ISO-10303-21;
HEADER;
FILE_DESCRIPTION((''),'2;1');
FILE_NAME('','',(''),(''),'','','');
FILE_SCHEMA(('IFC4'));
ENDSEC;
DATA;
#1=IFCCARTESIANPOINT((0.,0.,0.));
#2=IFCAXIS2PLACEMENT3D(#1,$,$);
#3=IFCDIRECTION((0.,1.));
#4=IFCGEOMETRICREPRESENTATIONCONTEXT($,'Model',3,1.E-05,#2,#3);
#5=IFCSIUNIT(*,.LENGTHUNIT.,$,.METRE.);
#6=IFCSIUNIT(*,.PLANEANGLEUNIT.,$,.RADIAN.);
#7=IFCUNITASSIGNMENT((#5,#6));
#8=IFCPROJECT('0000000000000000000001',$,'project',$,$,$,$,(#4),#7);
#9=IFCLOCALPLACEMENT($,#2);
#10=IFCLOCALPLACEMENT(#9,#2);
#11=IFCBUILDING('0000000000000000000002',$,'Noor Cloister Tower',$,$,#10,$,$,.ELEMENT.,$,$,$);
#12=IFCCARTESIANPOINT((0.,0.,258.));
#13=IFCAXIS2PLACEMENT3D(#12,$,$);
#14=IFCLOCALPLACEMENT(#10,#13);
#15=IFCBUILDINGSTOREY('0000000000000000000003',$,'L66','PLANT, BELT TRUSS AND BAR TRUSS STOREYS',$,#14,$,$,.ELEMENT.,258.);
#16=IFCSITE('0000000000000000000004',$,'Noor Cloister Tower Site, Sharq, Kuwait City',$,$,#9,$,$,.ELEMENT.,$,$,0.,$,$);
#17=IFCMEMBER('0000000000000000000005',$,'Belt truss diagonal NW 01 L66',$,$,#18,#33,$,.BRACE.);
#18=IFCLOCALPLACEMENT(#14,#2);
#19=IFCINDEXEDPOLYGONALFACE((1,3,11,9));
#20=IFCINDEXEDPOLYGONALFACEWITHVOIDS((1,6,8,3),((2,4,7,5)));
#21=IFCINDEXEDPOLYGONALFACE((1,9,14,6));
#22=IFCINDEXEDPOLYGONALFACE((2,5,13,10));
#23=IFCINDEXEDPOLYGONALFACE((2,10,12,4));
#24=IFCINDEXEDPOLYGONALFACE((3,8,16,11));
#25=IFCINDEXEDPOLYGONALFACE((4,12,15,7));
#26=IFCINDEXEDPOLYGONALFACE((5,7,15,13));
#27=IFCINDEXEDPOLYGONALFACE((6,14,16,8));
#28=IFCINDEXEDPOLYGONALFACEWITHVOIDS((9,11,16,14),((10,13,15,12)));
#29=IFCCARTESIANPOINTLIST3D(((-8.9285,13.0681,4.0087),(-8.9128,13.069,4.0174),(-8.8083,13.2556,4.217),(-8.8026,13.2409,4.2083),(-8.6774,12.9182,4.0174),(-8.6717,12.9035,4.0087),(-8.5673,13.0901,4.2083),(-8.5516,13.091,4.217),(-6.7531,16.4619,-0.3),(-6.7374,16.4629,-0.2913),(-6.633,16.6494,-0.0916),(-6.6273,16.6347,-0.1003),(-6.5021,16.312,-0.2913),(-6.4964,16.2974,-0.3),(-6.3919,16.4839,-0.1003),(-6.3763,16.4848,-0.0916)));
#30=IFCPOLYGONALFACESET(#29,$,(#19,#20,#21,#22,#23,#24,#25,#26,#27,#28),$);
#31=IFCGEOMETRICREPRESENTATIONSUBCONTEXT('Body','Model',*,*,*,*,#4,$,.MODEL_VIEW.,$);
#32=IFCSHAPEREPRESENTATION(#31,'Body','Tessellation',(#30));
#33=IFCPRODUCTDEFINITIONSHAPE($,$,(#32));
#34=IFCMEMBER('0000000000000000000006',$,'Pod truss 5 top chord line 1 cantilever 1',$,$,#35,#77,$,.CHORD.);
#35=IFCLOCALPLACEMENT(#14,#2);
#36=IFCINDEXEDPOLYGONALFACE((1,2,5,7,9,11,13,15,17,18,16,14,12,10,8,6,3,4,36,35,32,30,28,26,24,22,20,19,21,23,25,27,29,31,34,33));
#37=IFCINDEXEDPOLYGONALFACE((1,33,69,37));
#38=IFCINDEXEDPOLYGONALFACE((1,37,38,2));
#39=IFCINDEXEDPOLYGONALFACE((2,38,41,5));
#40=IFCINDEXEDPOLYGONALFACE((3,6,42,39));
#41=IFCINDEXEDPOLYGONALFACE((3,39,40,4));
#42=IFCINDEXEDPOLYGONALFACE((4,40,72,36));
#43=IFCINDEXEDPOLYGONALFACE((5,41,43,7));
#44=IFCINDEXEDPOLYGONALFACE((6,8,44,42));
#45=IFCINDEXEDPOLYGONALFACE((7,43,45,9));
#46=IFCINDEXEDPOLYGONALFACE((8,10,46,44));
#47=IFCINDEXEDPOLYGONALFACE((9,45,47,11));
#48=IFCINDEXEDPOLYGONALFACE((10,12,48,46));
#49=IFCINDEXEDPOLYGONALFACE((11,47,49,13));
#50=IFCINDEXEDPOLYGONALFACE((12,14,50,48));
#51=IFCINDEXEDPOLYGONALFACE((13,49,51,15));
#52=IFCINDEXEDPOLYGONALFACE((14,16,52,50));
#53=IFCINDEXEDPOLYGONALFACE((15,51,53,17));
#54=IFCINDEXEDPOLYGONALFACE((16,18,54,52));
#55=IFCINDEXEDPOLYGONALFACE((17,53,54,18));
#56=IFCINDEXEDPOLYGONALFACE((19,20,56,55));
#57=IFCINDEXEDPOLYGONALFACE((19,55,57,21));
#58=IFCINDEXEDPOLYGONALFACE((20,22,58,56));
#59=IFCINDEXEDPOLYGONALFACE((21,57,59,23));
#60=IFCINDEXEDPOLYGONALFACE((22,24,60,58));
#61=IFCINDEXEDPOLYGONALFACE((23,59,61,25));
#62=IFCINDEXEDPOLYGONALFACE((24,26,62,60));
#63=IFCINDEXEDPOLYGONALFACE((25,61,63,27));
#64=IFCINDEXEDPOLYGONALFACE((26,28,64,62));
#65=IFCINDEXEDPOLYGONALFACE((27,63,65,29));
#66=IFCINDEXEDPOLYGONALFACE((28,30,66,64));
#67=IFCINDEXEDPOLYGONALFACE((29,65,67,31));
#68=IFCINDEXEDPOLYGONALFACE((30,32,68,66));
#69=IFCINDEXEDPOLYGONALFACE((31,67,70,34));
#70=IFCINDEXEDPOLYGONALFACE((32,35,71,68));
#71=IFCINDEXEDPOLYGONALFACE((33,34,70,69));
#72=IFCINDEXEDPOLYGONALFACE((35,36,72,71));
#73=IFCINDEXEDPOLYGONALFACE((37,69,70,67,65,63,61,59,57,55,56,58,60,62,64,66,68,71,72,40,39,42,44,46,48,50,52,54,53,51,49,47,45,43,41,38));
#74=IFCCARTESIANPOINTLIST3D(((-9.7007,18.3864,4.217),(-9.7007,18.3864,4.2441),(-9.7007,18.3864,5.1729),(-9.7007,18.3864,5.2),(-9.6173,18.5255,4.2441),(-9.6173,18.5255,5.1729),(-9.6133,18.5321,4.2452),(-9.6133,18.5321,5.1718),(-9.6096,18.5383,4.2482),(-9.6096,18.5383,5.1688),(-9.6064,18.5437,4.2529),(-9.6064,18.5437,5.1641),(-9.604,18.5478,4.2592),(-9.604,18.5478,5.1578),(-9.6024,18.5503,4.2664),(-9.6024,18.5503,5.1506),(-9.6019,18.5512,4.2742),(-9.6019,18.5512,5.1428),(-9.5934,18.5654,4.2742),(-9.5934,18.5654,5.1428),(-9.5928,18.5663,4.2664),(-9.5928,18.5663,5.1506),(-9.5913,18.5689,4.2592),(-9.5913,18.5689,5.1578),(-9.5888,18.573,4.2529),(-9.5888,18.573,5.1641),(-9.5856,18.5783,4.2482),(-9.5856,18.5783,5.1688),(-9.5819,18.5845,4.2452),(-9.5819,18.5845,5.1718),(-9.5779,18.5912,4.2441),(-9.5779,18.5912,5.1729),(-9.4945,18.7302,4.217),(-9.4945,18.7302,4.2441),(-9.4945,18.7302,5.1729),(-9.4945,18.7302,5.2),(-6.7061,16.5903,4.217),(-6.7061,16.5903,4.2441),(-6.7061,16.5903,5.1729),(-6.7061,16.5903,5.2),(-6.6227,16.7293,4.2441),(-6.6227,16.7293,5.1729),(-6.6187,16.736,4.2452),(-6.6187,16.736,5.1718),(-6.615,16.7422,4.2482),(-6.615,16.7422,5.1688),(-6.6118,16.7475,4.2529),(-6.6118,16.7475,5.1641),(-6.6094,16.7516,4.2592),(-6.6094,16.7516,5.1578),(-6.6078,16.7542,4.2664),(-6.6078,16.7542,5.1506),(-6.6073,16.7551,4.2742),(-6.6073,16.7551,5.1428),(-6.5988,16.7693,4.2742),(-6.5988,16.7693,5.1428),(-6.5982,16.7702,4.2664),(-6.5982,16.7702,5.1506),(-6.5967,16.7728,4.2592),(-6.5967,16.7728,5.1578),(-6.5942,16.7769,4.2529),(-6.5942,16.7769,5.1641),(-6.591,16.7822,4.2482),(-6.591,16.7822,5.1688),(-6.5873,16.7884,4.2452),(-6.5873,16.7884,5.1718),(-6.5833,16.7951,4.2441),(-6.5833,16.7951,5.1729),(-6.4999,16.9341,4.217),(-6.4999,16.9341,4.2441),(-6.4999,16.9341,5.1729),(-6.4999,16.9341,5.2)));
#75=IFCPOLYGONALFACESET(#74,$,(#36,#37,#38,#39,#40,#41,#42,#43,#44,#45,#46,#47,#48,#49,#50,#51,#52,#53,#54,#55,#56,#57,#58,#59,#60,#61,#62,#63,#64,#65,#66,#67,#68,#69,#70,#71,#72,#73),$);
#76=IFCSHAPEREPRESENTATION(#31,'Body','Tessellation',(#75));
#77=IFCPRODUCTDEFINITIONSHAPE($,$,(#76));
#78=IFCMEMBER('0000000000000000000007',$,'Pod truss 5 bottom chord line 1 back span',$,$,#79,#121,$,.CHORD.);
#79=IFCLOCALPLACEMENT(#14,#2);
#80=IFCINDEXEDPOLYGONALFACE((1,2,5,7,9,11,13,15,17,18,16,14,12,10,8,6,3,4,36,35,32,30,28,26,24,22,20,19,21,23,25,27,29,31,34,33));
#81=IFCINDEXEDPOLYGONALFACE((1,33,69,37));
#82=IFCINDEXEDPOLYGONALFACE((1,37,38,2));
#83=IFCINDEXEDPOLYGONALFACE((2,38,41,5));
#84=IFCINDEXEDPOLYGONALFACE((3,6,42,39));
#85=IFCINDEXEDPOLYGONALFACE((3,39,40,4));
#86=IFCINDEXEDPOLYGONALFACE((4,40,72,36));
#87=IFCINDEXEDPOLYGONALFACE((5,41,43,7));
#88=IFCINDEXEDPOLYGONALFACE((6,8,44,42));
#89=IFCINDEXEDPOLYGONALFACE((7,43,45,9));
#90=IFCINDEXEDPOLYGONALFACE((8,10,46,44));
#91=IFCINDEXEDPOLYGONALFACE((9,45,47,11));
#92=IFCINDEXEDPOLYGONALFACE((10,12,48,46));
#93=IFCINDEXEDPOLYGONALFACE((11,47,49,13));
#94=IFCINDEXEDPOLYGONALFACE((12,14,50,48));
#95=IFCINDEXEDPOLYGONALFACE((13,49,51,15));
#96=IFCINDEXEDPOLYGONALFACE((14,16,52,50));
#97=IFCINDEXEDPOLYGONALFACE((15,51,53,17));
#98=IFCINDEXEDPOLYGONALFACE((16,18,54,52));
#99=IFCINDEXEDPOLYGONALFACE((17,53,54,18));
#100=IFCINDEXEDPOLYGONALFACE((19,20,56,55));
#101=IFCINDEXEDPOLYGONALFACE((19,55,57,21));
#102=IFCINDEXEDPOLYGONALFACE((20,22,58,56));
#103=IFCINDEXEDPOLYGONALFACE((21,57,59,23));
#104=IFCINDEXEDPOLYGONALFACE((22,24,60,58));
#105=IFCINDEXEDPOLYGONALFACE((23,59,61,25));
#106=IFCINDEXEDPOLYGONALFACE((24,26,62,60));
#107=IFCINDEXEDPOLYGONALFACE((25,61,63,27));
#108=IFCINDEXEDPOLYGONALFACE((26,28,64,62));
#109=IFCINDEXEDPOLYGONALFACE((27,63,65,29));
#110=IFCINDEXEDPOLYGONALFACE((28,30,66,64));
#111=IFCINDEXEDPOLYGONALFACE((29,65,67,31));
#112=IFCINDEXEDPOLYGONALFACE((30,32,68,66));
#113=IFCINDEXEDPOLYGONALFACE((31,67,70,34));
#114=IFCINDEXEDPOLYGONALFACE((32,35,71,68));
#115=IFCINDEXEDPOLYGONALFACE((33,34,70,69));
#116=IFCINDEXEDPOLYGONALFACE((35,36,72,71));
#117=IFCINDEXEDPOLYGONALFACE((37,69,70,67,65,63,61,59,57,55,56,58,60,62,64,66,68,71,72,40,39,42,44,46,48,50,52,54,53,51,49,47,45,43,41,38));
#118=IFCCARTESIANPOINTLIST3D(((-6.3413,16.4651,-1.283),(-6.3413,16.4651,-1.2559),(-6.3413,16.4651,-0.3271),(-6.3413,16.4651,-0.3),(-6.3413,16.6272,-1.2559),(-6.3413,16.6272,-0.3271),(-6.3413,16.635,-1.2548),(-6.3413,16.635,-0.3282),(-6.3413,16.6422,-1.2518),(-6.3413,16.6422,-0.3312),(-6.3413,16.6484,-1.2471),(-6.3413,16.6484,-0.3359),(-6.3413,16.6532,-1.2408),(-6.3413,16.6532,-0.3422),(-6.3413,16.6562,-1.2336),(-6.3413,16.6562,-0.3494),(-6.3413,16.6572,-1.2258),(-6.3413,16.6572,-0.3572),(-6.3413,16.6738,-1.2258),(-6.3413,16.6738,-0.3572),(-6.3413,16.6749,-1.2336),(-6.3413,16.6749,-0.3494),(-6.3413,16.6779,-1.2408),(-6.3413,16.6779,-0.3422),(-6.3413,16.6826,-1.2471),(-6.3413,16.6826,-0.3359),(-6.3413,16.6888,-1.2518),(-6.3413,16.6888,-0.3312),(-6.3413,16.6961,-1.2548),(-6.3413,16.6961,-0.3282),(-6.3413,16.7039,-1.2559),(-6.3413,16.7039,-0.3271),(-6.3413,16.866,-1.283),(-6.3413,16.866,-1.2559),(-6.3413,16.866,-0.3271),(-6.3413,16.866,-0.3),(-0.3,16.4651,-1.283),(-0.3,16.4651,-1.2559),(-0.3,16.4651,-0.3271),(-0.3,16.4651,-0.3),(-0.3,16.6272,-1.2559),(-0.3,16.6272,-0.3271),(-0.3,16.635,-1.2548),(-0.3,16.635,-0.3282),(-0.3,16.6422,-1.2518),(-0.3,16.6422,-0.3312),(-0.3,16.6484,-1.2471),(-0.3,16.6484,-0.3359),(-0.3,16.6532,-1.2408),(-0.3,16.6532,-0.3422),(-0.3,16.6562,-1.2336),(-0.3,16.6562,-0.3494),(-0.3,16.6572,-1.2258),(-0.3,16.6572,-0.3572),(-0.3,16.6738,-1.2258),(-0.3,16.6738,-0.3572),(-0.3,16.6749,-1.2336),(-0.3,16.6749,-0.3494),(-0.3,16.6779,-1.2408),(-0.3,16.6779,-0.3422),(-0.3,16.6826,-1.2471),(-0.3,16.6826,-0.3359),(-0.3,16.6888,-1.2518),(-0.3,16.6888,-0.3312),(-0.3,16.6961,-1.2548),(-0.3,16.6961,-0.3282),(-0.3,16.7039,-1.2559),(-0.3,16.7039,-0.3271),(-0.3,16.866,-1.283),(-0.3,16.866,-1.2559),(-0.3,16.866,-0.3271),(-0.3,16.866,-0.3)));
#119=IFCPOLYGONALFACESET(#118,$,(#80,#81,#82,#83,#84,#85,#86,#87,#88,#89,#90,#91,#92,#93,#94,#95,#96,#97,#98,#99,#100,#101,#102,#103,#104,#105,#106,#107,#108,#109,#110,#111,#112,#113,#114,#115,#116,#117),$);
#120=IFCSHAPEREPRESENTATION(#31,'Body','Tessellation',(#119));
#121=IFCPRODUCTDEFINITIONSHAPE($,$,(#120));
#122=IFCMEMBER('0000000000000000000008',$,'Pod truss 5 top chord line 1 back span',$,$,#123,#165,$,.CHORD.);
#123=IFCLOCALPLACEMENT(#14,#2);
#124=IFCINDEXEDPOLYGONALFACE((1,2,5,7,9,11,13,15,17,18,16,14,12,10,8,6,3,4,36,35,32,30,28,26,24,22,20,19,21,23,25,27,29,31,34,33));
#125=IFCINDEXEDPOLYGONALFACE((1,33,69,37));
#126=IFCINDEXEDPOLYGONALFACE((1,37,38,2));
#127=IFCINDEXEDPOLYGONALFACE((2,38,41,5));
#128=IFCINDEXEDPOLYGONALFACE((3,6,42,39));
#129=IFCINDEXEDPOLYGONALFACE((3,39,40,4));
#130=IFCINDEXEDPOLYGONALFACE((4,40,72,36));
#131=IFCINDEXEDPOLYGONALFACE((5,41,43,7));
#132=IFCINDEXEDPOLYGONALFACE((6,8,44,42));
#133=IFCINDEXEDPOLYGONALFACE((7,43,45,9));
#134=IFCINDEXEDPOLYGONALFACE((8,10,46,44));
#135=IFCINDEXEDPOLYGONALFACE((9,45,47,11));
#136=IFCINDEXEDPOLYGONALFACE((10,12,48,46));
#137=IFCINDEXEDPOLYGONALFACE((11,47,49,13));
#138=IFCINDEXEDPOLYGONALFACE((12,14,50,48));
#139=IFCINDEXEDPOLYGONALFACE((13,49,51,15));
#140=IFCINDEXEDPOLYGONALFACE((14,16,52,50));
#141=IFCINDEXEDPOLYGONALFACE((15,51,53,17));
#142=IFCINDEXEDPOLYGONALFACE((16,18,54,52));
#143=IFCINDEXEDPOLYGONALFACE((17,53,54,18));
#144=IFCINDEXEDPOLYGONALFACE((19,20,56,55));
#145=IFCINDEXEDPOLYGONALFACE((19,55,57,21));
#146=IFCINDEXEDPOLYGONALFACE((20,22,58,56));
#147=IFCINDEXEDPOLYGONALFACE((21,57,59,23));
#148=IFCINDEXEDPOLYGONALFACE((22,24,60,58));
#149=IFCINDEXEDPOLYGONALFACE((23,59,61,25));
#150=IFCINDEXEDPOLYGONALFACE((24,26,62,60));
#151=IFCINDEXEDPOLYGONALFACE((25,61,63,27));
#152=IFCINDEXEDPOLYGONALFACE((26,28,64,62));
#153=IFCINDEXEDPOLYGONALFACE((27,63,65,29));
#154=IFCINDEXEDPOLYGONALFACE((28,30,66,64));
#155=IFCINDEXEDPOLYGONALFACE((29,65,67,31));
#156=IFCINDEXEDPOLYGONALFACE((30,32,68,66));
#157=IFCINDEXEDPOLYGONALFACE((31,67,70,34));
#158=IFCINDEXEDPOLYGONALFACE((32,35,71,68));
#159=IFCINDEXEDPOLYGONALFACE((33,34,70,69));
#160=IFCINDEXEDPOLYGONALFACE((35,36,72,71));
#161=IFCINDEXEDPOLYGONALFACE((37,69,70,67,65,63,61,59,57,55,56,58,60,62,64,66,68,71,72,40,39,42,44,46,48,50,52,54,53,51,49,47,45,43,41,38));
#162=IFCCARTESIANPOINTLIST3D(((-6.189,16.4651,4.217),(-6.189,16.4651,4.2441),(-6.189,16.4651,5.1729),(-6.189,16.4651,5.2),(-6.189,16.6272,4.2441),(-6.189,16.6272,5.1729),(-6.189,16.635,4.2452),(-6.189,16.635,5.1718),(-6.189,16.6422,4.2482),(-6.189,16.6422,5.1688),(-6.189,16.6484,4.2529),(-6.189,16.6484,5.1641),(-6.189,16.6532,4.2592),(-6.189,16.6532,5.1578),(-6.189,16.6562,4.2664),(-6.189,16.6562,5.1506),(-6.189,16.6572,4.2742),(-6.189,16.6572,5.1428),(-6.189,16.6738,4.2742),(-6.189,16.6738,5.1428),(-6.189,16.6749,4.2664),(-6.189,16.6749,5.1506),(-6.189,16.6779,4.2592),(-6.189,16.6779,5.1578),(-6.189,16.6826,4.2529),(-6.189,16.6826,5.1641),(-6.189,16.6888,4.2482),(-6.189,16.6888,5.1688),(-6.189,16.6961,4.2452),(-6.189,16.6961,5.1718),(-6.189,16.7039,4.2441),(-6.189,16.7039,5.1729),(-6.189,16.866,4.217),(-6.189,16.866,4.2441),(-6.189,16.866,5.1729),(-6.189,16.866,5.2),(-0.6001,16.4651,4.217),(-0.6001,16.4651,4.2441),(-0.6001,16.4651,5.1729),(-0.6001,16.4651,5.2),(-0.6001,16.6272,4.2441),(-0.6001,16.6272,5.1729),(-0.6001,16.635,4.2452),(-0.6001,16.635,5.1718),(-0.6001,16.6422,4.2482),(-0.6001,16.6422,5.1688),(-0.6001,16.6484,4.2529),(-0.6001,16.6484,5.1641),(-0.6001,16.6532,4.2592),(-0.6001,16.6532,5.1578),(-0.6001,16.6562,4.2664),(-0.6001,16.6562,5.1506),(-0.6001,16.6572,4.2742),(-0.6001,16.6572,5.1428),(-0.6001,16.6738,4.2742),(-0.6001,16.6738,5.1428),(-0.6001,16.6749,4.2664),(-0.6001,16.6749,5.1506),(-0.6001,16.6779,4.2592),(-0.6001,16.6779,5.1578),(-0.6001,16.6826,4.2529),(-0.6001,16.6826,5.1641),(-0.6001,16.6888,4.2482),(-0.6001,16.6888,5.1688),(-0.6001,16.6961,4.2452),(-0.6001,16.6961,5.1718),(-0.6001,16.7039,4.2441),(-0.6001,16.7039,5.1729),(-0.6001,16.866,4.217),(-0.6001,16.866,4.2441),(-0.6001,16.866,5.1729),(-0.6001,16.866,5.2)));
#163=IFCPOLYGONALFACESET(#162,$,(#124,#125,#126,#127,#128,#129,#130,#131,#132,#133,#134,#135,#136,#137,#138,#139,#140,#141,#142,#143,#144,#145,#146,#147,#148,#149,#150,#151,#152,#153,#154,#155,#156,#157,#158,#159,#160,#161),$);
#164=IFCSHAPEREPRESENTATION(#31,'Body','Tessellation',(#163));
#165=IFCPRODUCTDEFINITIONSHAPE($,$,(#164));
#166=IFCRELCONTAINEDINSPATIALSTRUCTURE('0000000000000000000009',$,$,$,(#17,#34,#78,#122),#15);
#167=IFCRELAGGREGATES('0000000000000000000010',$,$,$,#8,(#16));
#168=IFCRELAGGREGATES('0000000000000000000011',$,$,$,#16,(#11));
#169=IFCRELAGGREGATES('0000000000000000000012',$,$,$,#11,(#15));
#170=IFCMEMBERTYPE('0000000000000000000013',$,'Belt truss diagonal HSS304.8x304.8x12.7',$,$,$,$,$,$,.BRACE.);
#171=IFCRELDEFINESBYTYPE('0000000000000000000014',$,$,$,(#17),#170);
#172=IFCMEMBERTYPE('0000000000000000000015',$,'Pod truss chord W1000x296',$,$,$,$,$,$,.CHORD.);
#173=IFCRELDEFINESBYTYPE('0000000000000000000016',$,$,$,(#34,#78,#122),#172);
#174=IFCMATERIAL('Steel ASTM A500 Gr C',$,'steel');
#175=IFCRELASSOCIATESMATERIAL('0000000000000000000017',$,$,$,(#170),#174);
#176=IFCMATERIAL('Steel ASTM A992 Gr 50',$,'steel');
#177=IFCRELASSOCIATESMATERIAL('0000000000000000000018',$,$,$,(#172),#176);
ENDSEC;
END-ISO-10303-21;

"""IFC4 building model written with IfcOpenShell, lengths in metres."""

from ifc_helpers import new_model, si_unit, direction, frame, origin, origin_2d, place, context, subcontext, project, spatial, hollow_rectangle, i_section, extrude, material, material_profile, profile_set, type_object, element, save


model = new_model("IFC4")

# Units and contexts
model_context = context("Model", 3, precision=1e-05, world=origin(), true_north=direction((0.0, 1.0)))
body_context = subcontext(model_context, "Body", "Model", "MODEL_VIEW")
ifc_project = project(units=[si_unit("LENGTHUNIT", "METRE"), si_unit("PLANEANGLEUNIT", "RADIAN")], contexts=[model_context])

# Site, building, storey
site_placement = place(None, origin())
site = spatial("IfcSite", under=ifc_project, at=site_placement, Name="Noor Cloister Tower Site, Sharq, Kuwait City", CompositionType="ELEMENT", RefElevation=0.0)
building_placement = place(site_placement, origin())
building = spatial("IfcBuilding", under=site, at=building_placement, Name="Noor Cloister Tower", CompositionType="ELEMENT")
storey_placement = place(building_placement, frame((0.0, 0.0, 258.0)))
storey = spatial("IfcBuildingStorey", under=building, at=storey_placement, Name="L66", Description="PLANT, BELT TRUSS AND BAR TRUSS STOREYS", CompositionType="ELEMENT", Elevation=258.0)

# Members
ifc_material_1 = material(Name="Steel ASTM A500 Gr C", Category="steel")
ifc_material_profile_1 = material_profile(ifc_material_1, hollow_rectangle(XDim=0.3049, YDim=0.3049, WallThickness=0.0127, at=origin_2d()), Name="HSS304.8x304.8x12.7")
ifc_profile_set_1 = profile_set([ifc_material_profile_1], Name="Steel ASTM A500 Gr C")
member_type_1 = type_object("IfcMemberType", Name="Belt truss diagonal HSS304.8x304.8x12.7", PredefinedType="BRACE", material=ifc_profile_set_1)
member_1_placement = place(storey_placement, frame((-6.5647, 16.4734, -0.1958), z_axis=(-0.368674, -0.575189, 0.730231), x_axis=(0.841904, -0.539628, 0.0)))
element("IfcMember", 1, at=member_1_placement, inside=storey, type_object=member_type_1, Name="Belt truss diagonal NW 01 L66", PredefinedType="BRACE", context=body_context, shape_type="SweptSolid", body=[
    extrude(hollow_rectangle(XDim=0.3049, YDim=0.3049, WallThickness=0.0127, at=origin_2d()), origin(), (0.0, 0.0, 1.0), 5.9004),
])
ifc_material_2 = material(Name="Steel ASTM A992 Gr 50", Category="steel")
ifc_material_profile_2 = material_profile(ifc_material_2, i_section(OverallWidth=0.4009, OverallDepth=0.9829, WebThickness=0.0166, FlangeThickness=0.0271, FilletRadius=0.03, at=origin_2d()), Name="W1000x296")
ifc_profile_set_2 = profile_set([ifc_material_profile_2], Name="Steel ASTM A992 Gr 50")
member_type_2 = type_object("IfcMemberType", Name="Pod truss chord W1000x296", PredefinedType="CHORD", material=ifc_profile_set_2)
member_2_placement = place(storey_placement, frame((-6.603, 16.7622, 4.7085), z_axis=(-0.857573, 0.514362, 0.0), x_axis=(-0.514362, -0.857573, 0.0)))
element("IfcMember", 2, at=member_2_placement, inside=storey, type_object=member_type_2, Name="Pod truss 5 top chord line 1 cantilever 1", PredefinedType="CHORD", context=body_context, shape_type="SweptSolid", body=[
    extrude(i_section(OverallWidth=0.4009, OverallDepth=0.9829, WebThickness=0.0166, FlangeThickness=0.0271, FilletRadius=0.03, at=origin_2d()), origin(), (0.0, 0.0, 1.0), 3.4919),
])
member_3_placement = place(storey_placement, frame((-6.3413, 16.6655, -0.7915), z_axis=(1.0, 0.0, 0.0), x_axis=(0.0, 1.0, 0.0)))
element("IfcMember", 3, at=member_3_placement, inside=storey, type_object=member_type_2, Name="Pod truss 5 bottom chord line 1 back span", PredefinedType="CHORD", context=body_context, shape_type="SweptSolid", body=[
    extrude(i_section(OverallWidth=0.4009, OverallDepth=0.9829, WebThickness=0.0166, FlangeThickness=0.0271, FilletRadius=0.03, at=origin_2d()), origin(), (0.0, 0.0, 1.0), 6.0413),
])
member_4_placement = place(storey_placement, frame((-6.189, 16.6655, 4.7085), z_axis=(1.0, 0.0, 0.0), x_axis=(0.0, 1.0, 0.0)))
element("IfcMember", 4, at=member_4_placement, inside=storey, type_object=member_type_2, Name="Pod truss 5 top chord line 1 back span", PredefinedType="CHORD", context=body_context, shape_type="SweptSolid", body=[
    extrude(i_section(OverallWidth=0.4009, OverallDepth=0.9829, WebThickness=0.0166, FlangeThickness=0.0271, FilletRadius=0.03, at=origin_2d()), origin(), (0.0, 0.0, 1.0), 5.5889),
])

save(model, "model.ifc")
